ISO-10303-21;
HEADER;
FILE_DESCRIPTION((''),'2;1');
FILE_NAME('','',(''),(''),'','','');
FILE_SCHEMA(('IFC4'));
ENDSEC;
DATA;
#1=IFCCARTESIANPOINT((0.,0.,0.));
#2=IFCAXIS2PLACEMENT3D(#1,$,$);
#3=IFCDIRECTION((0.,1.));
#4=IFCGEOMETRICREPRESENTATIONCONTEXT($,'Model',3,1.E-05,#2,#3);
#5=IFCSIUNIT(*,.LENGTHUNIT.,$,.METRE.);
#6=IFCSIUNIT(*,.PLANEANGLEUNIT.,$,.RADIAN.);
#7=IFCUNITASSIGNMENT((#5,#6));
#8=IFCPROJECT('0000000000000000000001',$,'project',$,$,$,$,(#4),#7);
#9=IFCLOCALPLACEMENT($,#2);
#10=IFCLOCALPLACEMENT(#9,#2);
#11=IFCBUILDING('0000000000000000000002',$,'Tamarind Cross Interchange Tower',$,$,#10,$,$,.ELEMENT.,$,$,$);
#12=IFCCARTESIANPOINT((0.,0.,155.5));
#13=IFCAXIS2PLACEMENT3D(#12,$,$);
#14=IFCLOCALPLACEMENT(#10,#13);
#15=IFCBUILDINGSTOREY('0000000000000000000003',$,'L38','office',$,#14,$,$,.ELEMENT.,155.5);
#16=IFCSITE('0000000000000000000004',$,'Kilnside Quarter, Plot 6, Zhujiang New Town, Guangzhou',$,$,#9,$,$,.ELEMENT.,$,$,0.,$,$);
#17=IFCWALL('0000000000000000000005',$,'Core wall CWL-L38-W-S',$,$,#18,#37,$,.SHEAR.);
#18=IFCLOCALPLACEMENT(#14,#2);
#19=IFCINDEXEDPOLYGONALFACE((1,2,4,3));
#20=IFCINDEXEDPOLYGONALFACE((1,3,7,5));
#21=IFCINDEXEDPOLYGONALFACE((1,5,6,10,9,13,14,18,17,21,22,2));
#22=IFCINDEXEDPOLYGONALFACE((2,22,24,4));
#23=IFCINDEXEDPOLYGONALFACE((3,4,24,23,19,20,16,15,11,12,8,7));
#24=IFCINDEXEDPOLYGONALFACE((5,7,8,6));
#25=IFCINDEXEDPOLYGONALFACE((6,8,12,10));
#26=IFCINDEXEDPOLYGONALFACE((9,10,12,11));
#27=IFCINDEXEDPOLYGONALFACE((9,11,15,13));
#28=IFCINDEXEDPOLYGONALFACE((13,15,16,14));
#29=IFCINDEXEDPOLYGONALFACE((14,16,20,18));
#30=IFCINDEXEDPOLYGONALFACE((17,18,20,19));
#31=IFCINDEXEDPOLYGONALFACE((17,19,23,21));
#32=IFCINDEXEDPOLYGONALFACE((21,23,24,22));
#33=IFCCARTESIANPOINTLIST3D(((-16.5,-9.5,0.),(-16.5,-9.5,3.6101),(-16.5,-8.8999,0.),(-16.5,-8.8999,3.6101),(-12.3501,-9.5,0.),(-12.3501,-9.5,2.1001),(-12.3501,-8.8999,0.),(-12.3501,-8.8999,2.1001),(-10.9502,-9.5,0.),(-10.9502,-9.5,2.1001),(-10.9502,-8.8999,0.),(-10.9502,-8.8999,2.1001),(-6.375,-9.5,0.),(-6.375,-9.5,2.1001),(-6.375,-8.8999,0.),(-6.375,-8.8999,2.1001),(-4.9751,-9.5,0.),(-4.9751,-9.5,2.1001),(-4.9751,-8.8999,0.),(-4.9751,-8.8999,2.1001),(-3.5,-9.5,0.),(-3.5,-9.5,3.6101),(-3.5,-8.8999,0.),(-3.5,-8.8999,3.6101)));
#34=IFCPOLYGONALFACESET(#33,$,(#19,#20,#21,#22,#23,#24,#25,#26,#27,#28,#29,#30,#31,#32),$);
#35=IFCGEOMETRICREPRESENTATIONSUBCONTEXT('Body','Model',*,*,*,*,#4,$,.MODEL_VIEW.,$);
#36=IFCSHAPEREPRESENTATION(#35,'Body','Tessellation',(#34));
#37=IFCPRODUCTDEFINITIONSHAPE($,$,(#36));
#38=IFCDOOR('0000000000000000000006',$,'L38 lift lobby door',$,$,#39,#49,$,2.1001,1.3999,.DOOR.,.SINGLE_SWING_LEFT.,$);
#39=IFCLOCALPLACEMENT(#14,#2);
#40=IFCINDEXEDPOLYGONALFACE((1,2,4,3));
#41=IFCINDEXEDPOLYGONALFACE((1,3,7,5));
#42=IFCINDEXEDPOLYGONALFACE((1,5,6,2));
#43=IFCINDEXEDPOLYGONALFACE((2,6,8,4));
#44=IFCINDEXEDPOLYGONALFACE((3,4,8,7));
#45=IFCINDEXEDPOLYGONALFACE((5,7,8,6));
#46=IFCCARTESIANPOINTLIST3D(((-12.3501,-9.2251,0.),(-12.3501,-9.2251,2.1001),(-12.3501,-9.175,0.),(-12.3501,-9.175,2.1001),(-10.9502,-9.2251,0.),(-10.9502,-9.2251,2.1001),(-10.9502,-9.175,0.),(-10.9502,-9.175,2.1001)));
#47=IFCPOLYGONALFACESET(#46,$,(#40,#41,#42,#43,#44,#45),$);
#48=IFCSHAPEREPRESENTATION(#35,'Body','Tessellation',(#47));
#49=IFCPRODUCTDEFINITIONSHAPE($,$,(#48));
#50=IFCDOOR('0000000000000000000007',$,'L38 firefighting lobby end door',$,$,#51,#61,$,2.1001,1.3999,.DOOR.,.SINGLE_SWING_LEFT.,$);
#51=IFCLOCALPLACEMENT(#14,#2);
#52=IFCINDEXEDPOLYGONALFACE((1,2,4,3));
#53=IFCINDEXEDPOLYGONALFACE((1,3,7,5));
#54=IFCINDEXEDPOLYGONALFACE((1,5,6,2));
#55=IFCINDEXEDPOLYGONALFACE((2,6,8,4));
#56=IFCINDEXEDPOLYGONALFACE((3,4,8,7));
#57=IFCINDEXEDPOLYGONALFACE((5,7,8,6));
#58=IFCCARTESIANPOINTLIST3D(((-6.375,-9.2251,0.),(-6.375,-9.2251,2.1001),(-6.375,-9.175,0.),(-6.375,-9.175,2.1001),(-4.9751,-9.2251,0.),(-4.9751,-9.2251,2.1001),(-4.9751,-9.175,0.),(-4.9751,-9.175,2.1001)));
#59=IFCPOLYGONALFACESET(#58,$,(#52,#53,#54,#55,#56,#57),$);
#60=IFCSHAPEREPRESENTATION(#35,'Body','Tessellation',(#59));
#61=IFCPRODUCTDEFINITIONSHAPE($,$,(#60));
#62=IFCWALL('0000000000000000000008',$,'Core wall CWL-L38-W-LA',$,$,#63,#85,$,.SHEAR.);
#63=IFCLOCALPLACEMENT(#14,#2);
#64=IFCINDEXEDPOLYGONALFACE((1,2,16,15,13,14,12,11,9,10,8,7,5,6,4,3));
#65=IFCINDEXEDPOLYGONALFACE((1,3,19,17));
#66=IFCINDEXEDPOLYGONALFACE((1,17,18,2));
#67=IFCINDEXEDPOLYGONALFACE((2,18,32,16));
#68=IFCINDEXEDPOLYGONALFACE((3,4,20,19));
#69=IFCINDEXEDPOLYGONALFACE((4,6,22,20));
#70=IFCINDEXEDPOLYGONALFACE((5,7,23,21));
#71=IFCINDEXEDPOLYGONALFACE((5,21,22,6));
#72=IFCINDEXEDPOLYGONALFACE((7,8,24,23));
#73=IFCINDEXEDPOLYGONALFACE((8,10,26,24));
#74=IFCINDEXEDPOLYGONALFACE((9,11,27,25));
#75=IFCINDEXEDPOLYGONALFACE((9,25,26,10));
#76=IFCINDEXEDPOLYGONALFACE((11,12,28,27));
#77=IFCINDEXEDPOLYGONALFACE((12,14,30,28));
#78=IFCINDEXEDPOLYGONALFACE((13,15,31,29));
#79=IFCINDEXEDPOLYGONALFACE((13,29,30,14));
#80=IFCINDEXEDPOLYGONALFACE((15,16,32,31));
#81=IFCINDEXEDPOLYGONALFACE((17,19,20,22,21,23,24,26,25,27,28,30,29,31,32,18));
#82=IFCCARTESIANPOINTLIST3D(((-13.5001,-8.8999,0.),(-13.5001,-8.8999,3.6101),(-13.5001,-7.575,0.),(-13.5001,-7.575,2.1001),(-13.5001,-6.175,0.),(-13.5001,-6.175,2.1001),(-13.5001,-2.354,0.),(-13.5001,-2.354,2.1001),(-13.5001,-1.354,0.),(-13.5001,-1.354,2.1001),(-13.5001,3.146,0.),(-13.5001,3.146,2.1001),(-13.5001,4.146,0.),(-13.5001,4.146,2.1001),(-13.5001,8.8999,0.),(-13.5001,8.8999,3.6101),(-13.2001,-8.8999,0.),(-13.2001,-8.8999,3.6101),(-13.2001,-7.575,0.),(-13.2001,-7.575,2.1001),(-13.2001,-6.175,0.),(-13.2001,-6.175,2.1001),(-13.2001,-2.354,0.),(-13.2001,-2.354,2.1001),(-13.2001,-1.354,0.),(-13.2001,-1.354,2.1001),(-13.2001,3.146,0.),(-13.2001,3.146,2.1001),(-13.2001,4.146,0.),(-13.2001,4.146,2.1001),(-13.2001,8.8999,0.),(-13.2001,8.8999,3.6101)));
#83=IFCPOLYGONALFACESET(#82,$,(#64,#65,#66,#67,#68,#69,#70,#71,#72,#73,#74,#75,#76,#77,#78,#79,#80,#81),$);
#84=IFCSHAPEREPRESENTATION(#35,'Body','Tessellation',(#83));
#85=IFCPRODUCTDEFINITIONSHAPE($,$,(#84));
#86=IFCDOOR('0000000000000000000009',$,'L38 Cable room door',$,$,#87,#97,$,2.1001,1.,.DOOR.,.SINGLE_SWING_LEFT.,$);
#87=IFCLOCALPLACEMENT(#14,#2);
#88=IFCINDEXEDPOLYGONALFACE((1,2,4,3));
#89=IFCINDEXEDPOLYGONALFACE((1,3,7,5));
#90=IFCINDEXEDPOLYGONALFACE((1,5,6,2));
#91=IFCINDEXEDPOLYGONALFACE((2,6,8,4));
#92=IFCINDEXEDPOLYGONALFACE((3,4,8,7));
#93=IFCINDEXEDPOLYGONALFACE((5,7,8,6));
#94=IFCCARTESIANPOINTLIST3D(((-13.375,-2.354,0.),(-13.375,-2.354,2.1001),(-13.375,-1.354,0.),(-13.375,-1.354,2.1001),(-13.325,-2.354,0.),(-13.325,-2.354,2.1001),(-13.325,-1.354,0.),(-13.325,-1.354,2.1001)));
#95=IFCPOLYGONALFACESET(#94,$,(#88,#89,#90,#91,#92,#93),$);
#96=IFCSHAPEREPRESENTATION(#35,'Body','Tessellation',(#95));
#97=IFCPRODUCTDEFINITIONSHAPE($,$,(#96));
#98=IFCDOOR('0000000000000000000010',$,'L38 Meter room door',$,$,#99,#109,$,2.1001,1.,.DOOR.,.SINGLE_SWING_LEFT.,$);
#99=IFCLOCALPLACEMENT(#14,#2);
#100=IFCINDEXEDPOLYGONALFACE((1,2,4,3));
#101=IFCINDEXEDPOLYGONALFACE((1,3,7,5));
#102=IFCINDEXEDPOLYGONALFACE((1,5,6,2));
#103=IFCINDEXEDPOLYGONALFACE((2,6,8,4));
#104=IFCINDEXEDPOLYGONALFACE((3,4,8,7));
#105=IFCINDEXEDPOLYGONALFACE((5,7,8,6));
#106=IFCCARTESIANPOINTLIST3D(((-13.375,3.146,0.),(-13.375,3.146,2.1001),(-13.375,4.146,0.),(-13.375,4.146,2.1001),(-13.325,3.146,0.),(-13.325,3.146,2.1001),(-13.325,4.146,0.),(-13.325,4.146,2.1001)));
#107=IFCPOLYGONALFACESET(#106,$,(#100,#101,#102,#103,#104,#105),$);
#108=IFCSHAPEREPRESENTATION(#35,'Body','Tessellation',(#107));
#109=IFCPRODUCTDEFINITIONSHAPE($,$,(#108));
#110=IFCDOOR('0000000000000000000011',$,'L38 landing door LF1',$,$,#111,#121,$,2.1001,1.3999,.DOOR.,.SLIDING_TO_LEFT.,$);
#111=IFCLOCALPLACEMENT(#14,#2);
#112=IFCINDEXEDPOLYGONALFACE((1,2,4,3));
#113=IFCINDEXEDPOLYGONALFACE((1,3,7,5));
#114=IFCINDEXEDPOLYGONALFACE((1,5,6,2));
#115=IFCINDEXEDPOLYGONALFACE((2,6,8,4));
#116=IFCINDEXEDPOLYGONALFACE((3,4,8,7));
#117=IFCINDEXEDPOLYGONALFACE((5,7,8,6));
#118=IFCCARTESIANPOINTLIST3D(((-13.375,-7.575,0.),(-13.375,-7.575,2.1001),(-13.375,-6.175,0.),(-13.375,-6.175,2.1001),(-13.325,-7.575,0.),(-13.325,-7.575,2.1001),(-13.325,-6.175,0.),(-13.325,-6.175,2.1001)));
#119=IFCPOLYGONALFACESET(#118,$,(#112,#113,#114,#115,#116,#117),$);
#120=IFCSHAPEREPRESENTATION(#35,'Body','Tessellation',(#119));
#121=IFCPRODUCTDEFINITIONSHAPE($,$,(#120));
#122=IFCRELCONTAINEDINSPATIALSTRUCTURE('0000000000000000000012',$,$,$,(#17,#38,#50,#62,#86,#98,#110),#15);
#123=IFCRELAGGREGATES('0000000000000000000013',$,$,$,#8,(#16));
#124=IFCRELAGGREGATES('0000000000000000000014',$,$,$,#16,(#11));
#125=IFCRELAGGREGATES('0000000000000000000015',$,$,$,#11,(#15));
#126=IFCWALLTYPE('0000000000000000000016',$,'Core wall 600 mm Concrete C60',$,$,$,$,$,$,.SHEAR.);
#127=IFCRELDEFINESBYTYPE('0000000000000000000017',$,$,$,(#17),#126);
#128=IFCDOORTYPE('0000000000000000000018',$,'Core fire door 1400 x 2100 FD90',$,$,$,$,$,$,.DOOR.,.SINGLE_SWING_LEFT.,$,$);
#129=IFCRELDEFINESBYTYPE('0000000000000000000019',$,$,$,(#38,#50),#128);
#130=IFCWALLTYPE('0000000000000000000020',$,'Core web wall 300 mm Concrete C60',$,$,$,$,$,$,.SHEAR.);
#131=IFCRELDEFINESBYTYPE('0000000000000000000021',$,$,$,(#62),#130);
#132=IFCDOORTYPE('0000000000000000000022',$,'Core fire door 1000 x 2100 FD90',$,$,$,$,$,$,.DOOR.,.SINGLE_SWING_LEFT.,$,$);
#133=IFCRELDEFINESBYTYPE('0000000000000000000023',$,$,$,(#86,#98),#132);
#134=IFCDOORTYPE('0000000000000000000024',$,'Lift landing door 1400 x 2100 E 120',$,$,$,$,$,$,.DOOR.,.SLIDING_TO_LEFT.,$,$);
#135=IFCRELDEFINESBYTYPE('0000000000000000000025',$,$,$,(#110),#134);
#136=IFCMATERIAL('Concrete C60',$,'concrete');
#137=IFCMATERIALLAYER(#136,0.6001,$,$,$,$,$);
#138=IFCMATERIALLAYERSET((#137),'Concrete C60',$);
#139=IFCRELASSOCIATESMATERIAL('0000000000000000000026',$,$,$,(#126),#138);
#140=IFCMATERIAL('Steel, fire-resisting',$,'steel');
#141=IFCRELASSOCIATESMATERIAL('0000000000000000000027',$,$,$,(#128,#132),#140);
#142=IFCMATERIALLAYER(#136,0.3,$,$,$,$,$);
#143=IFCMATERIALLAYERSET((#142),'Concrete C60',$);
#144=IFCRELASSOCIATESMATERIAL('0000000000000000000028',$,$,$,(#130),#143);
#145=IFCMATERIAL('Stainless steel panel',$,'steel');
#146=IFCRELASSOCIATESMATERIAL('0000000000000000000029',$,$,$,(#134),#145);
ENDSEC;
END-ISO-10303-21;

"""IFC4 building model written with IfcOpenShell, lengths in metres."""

from ifc_helpers import new_model, si_unit, direction, frame, frame_2d, origin, place, context, subcontext, project, spatial, rectangle, extrude, material, layer, layer_set, type_object, element, fill, save


model = new_model("IFC4")

# Units and contexts
model_context = context("Model", 3, precision=1e-05, world=origin(), true_north=direction((0.0, 1.0)))
body_context = subcontext(model_context, "Body", "Model", "MODEL_VIEW")
ifc_project = project(units=[si_unit("LENGTHUNIT", "METRE"), si_unit("PLANEANGLEUNIT", "RADIAN")], contexts=[model_context])

# Site, building, storey
site_placement = place(None, origin())
site = spatial("IfcSite", under=ifc_project, at=site_placement, Name="Kilnside Quarter, Plot 6, Zhujiang New Town, Guangzhou", CompositionType="ELEMENT", RefElevation=0.0)
building_placement = place(site_placement, origin())
building = spatial("IfcBuilding", under=site, at=building_placement, Name="Tamarind Cross Interchange Tower", CompositionType="ELEMENT")
storey_placement = place(building_placement, frame((0.0, 0.0, 155.5)))
storey = spatial("IfcBuildingStorey", under=building, at=storey_placement, Name="L38", Description="office", CompositionType="ELEMENT", Elevation=155.5)

# Shared definitions
ifc_material_1 = material(Name="Concrete C60", Category="concrete")

# Walls, openings, doors
ifc_layer_1 = layer(ifc_material_1, 0.6001)
ifc_layer_set_1 = layer_set([ifc_layer_1], Name="Concrete C60")
wall_type_1 = type_object("IfcWallType", Name="Core wall 600 mm Concrete C60", PredefinedType="SHEAR", material=ifc_layer_set_1)
wall_1_placement = place(storey_placement, frame((-16.5, -9.2, 0.0), z_axis=(0.0, 0.0, 1.0), x_axis=(1.0, 0.0, 0.0)))
wall_1 = element("IfcWall", 1, at=wall_1_placement, inside=storey, type_object=wall_type_1, Name="Core wall CWL-L38-W-S", PredefinedType="SHEAR", context=body_context, shape_type="SweptSolid", body=[
    extrude(rectangle(XDim=13.0, YDim=0.6001, at=frame_2d((6.5, 0.0))), origin(), (0.0, 0.0, 1.0), 3.6101),
])
opening_1_placement = place(wall_1_placement, frame((4.1499, 0.0, 0.0)))
opening_1 = element("IfcOpeningElement", 2, at=opening_1_placement, cuts=wall_1, PredefinedType="OPENING", context=body_context, shape_type="SweptSolid", body=[
    extrude(rectangle(XDim=1.3999, YDim=2.1001, at=frame_2d((0.7, 1.05))), frame((0.0, 0.3101, 0.0), z_axis=(0.0, -1.0, 0.0), x_axis=(1.0, 0.0, 0.0)), (0.0, 0.0, 1.0), 0.6201),
])
opening_2_placement = place(wall_1_placement, frame((10.125, 0.0, 0.0)))
opening_2 = element("IfcOpeningElement", 3, at=opening_2_placement, cuts=wall_1, PredefinedType="OPENING", context=body_context, shape_type="SweptSolid", body=[
    extrude(rectangle(XDim=1.3999, YDim=2.1001, at=frame_2d((0.7, 1.05))), frame((0.0, 0.3101, 0.0), z_axis=(0.0, -1.0, 0.0), x_axis=(1.0, 0.0, 0.0)), (0.0, 0.0, 1.0), 0.6201),
])
ifc_material_2 = material(Name="Steel, fire-resisting", Category="steel")
door_type_1 = type_object("IfcDoorType", Name="Core fire door 1400 x 2100 FD90", OperationType="SINGLE_SWING_LEFT", PredefinedType="DOOR", material=ifc_material_2)
door_1_placement = place(opening_1_placement, origin())
door_1 = element("IfcDoor", 4, at=door_1_placement, inside=storey, type_object=door_type_1, Name="L38 lift lobby door", OperationType="SINGLE_SWING_LEFT", OverallHeight=2.1001, OverallWidth=1.3999, PredefinedType="DOOR", context=body_context, shape_type="SweptSolid", body=[
    extrude(rectangle(XDim=1.3999, YDim=2.1001, at=frame_2d((0.7, 1.05))), frame((0.0, 0.0249, 0.0), z_axis=(0.0, -1.0, 0.0), x_axis=(1.0, 0.0, 0.0)), (0.0, 0.0, 1.0), 0.05),
])
fill(opening_1, door_1)
door_2_placement = place(opening_2_placement, origin())
door_2 = element("IfcDoor", 5, at=door_2_placement, inside=storey, type_object=door_type_1, Name="L38 firefighting lobby end door", OperationType="SINGLE_SWING_LEFT", OverallHeight=2.1001, OverallWidth=1.3999, PredefinedType="DOOR", context=body_context, shape_type="SweptSolid", body=[
    extrude(rectangle(XDim=1.3999, YDim=2.1001, at=frame_2d((0.7, 1.05))), frame((0.0, 0.0249, 0.0), z_axis=(0.0, -1.0, 0.0), x_axis=(1.0, 0.0, 0.0)), (0.0, 0.0, 1.0), 0.05),
])
fill(opening_2, door_2)
ifc_layer_2 = layer(ifc_material_1, 0.3)
ifc_layer_set_2 = layer_set([ifc_layer_2], Name="Concrete C60")
wall_type_2 = type_object("IfcWallType", Name="Core web wall 300 mm Concrete C60", PredefinedType="SHEAR", material=ifc_layer_set_2)
wall_2_placement = place(storey_placement, frame((-13.3501, -8.8999, 0.0), z_axis=(0.0, 0.0, 1.0), x_axis=(0.0, 1.0, 0.0)))
wall_2 = element("IfcWall", 6, at=wall_2_placement, inside=storey, type_object=wall_type_2, Name="Core wall CWL-L38-W-LA", PredefinedType="SHEAR", context=body_context, shape_type="SweptSolid", body=[
    extrude(rectangle(XDim=17.7998, YDim=0.3, at=frame_2d((8.8999, 0.0))), origin(), (0.0, 0.0, 1.0), 3.6101),
])
opening_3_placement = place(wall_2_placement, frame((1.325, 0.0, 0.0)))
opening_3 = element("IfcOpeningElement", 7, at=opening_3_placement, cuts=wall_2, PredefinedType="OPENING", context=body_context, shape_type="SweptSolid", body=[
    extrude(rectangle(XDim=1.3999, YDim=2.1001, at=frame_2d((0.7, 1.05))), frame((0.0, 0.1599, 0.0), z_axis=(0.0, -1.0, 0.0), x_axis=(1.0, 0.0, 0.0)), (0.0, 0.0, 1.0), 0.3201),
])
opening_4_placement = place(wall_2_placement, frame((6.5459, 0.0, 0.0)))
opening_4 = element("IfcOpeningElement", 8, at=opening_4_placement, cuts=wall_2, PredefinedType="OPENING", context=body_context, shape_type="SweptSolid", body=[
    extrude(rectangle(XDim=1.0, YDim=2.1001, at=frame_2d((0.5, 1.05))), frame((0.0, 0.1599, 0.0), z_axis=(0.0, -1.0, 0.0), x_axis=(1.0, 0.0, 0.0)), (0.0, 0.0, 1.0), 0.3201),
])
opening_5_placement = place(wall_2_placement, frame((12.0459, 0.0, 0.0)))
opening_5 = element("IfcOpeningElement", 9, at=opening_5_placement, cuts=wall_2, PredefinedType="OPENING", context=body_context, shape_type="SweptSolid", body=[
    extrude(rectangle(XDim=1.0, YDim=2.1001, at=frame_2d((0.5, 1.05))), frame((0.0, 0.1599, 0.0), z_axis=(0.0, -1.0, 0.0), x_axis=(1.0, 0.0, 0.0)), (0.0, 0.0, 1.0), 0.3201),
])
door_type_2 = type_object("IfcDoorType", Name="Core fire door 1000 x 2100 FD90", OperationType="SINGLE_SWING_LEFT", PredefinedType="DOOR", material=ifc_material_2)
door_3_placement = place(opening_4_placement, origin())
door_3 = element("IfcDoor", 10, at=door_3_placement, inside=storey, type_object=door_type_2, Name="L38 Cable room door", OperationType="SINGLE_SWING_LEFT", OverallHeight=2.1001, OverallWidth=1.0, PredefinedType="DOOR", context=body_context, shape_type="SweptSolid", body=[
    extrude(rectangle(XDim=1.0, YDim=2.1001, at=frame_2d((0.5, 1.05))), frame((0.0, 0.0249, 0.0), z_axis=(0.0, -1.0, 0.0), x_axis=(1.0, 0.0, 0.0)), (0.0, 0.0, 1.0), 0.05),
])
fill(opening_4, door_3)
door_4_placement = place(opening_5_placement, origin())
door_4 = element("IfcDoor", 11, at=door_4_placement, inside=storey, type_object=door_type_2, Name="L38 Meter room door", OperationType="SINGLE_SWING_LEFT", OverallHeight=2.1001, OverallWidth=1.0, PredefinedType="DOOR", context=body_context, shape_type="SweptSolid", body=[
    extrude(rectangle(XDim=1.0, YDim=2.1001, at=frame_2d((0.5, 1.05))), frame((0.0, 0.0249, 0.0), z_axis=(0.0, -1.0, 0.0), x_axis=(1.0, 0.0, 0.0)), (0.0, 0.0, 1.0), 0.05),
])
fill(opening_5, door_4)
ifc_material_3 = material(Name="Stainless steel panel", Category="steel")
door_type_3 = type_object("IfcDoorType", Name="Lift landing door 1400 x 2100 E 120", OperationType="SLIDING_TO_LEFT", PredefinedType="DOOR", material=ifc_material_3)
door_5_placement = place(opening_3_placement, origin())
door_5 = element("IfcDoor", 12, at=door_5_placement, inside=storey, type_object=door_type_3, Name="L38 landing door LF1", OperationType="SLIDING_TO_LEFT", OverallHeight=2.1001, OverallWidth=1.3999, PredefinedType="DOOR", context=body_context, shape_type="SweptSolid", body=[
    extrude(rectangle(XDim=1.3999, YDim=2.1001, at=frame_2d((0.7, 1.05))), frame((0.0, 0.0249, 0.0), z_axis=(0.0, -1.0, 0.0), x_axis=(1.0, 0.0, 0.0)), (0.0, 0.0, 1.0), 0.05),
])
fill(opening_3, door_5)

save(model, "model.ifc")
